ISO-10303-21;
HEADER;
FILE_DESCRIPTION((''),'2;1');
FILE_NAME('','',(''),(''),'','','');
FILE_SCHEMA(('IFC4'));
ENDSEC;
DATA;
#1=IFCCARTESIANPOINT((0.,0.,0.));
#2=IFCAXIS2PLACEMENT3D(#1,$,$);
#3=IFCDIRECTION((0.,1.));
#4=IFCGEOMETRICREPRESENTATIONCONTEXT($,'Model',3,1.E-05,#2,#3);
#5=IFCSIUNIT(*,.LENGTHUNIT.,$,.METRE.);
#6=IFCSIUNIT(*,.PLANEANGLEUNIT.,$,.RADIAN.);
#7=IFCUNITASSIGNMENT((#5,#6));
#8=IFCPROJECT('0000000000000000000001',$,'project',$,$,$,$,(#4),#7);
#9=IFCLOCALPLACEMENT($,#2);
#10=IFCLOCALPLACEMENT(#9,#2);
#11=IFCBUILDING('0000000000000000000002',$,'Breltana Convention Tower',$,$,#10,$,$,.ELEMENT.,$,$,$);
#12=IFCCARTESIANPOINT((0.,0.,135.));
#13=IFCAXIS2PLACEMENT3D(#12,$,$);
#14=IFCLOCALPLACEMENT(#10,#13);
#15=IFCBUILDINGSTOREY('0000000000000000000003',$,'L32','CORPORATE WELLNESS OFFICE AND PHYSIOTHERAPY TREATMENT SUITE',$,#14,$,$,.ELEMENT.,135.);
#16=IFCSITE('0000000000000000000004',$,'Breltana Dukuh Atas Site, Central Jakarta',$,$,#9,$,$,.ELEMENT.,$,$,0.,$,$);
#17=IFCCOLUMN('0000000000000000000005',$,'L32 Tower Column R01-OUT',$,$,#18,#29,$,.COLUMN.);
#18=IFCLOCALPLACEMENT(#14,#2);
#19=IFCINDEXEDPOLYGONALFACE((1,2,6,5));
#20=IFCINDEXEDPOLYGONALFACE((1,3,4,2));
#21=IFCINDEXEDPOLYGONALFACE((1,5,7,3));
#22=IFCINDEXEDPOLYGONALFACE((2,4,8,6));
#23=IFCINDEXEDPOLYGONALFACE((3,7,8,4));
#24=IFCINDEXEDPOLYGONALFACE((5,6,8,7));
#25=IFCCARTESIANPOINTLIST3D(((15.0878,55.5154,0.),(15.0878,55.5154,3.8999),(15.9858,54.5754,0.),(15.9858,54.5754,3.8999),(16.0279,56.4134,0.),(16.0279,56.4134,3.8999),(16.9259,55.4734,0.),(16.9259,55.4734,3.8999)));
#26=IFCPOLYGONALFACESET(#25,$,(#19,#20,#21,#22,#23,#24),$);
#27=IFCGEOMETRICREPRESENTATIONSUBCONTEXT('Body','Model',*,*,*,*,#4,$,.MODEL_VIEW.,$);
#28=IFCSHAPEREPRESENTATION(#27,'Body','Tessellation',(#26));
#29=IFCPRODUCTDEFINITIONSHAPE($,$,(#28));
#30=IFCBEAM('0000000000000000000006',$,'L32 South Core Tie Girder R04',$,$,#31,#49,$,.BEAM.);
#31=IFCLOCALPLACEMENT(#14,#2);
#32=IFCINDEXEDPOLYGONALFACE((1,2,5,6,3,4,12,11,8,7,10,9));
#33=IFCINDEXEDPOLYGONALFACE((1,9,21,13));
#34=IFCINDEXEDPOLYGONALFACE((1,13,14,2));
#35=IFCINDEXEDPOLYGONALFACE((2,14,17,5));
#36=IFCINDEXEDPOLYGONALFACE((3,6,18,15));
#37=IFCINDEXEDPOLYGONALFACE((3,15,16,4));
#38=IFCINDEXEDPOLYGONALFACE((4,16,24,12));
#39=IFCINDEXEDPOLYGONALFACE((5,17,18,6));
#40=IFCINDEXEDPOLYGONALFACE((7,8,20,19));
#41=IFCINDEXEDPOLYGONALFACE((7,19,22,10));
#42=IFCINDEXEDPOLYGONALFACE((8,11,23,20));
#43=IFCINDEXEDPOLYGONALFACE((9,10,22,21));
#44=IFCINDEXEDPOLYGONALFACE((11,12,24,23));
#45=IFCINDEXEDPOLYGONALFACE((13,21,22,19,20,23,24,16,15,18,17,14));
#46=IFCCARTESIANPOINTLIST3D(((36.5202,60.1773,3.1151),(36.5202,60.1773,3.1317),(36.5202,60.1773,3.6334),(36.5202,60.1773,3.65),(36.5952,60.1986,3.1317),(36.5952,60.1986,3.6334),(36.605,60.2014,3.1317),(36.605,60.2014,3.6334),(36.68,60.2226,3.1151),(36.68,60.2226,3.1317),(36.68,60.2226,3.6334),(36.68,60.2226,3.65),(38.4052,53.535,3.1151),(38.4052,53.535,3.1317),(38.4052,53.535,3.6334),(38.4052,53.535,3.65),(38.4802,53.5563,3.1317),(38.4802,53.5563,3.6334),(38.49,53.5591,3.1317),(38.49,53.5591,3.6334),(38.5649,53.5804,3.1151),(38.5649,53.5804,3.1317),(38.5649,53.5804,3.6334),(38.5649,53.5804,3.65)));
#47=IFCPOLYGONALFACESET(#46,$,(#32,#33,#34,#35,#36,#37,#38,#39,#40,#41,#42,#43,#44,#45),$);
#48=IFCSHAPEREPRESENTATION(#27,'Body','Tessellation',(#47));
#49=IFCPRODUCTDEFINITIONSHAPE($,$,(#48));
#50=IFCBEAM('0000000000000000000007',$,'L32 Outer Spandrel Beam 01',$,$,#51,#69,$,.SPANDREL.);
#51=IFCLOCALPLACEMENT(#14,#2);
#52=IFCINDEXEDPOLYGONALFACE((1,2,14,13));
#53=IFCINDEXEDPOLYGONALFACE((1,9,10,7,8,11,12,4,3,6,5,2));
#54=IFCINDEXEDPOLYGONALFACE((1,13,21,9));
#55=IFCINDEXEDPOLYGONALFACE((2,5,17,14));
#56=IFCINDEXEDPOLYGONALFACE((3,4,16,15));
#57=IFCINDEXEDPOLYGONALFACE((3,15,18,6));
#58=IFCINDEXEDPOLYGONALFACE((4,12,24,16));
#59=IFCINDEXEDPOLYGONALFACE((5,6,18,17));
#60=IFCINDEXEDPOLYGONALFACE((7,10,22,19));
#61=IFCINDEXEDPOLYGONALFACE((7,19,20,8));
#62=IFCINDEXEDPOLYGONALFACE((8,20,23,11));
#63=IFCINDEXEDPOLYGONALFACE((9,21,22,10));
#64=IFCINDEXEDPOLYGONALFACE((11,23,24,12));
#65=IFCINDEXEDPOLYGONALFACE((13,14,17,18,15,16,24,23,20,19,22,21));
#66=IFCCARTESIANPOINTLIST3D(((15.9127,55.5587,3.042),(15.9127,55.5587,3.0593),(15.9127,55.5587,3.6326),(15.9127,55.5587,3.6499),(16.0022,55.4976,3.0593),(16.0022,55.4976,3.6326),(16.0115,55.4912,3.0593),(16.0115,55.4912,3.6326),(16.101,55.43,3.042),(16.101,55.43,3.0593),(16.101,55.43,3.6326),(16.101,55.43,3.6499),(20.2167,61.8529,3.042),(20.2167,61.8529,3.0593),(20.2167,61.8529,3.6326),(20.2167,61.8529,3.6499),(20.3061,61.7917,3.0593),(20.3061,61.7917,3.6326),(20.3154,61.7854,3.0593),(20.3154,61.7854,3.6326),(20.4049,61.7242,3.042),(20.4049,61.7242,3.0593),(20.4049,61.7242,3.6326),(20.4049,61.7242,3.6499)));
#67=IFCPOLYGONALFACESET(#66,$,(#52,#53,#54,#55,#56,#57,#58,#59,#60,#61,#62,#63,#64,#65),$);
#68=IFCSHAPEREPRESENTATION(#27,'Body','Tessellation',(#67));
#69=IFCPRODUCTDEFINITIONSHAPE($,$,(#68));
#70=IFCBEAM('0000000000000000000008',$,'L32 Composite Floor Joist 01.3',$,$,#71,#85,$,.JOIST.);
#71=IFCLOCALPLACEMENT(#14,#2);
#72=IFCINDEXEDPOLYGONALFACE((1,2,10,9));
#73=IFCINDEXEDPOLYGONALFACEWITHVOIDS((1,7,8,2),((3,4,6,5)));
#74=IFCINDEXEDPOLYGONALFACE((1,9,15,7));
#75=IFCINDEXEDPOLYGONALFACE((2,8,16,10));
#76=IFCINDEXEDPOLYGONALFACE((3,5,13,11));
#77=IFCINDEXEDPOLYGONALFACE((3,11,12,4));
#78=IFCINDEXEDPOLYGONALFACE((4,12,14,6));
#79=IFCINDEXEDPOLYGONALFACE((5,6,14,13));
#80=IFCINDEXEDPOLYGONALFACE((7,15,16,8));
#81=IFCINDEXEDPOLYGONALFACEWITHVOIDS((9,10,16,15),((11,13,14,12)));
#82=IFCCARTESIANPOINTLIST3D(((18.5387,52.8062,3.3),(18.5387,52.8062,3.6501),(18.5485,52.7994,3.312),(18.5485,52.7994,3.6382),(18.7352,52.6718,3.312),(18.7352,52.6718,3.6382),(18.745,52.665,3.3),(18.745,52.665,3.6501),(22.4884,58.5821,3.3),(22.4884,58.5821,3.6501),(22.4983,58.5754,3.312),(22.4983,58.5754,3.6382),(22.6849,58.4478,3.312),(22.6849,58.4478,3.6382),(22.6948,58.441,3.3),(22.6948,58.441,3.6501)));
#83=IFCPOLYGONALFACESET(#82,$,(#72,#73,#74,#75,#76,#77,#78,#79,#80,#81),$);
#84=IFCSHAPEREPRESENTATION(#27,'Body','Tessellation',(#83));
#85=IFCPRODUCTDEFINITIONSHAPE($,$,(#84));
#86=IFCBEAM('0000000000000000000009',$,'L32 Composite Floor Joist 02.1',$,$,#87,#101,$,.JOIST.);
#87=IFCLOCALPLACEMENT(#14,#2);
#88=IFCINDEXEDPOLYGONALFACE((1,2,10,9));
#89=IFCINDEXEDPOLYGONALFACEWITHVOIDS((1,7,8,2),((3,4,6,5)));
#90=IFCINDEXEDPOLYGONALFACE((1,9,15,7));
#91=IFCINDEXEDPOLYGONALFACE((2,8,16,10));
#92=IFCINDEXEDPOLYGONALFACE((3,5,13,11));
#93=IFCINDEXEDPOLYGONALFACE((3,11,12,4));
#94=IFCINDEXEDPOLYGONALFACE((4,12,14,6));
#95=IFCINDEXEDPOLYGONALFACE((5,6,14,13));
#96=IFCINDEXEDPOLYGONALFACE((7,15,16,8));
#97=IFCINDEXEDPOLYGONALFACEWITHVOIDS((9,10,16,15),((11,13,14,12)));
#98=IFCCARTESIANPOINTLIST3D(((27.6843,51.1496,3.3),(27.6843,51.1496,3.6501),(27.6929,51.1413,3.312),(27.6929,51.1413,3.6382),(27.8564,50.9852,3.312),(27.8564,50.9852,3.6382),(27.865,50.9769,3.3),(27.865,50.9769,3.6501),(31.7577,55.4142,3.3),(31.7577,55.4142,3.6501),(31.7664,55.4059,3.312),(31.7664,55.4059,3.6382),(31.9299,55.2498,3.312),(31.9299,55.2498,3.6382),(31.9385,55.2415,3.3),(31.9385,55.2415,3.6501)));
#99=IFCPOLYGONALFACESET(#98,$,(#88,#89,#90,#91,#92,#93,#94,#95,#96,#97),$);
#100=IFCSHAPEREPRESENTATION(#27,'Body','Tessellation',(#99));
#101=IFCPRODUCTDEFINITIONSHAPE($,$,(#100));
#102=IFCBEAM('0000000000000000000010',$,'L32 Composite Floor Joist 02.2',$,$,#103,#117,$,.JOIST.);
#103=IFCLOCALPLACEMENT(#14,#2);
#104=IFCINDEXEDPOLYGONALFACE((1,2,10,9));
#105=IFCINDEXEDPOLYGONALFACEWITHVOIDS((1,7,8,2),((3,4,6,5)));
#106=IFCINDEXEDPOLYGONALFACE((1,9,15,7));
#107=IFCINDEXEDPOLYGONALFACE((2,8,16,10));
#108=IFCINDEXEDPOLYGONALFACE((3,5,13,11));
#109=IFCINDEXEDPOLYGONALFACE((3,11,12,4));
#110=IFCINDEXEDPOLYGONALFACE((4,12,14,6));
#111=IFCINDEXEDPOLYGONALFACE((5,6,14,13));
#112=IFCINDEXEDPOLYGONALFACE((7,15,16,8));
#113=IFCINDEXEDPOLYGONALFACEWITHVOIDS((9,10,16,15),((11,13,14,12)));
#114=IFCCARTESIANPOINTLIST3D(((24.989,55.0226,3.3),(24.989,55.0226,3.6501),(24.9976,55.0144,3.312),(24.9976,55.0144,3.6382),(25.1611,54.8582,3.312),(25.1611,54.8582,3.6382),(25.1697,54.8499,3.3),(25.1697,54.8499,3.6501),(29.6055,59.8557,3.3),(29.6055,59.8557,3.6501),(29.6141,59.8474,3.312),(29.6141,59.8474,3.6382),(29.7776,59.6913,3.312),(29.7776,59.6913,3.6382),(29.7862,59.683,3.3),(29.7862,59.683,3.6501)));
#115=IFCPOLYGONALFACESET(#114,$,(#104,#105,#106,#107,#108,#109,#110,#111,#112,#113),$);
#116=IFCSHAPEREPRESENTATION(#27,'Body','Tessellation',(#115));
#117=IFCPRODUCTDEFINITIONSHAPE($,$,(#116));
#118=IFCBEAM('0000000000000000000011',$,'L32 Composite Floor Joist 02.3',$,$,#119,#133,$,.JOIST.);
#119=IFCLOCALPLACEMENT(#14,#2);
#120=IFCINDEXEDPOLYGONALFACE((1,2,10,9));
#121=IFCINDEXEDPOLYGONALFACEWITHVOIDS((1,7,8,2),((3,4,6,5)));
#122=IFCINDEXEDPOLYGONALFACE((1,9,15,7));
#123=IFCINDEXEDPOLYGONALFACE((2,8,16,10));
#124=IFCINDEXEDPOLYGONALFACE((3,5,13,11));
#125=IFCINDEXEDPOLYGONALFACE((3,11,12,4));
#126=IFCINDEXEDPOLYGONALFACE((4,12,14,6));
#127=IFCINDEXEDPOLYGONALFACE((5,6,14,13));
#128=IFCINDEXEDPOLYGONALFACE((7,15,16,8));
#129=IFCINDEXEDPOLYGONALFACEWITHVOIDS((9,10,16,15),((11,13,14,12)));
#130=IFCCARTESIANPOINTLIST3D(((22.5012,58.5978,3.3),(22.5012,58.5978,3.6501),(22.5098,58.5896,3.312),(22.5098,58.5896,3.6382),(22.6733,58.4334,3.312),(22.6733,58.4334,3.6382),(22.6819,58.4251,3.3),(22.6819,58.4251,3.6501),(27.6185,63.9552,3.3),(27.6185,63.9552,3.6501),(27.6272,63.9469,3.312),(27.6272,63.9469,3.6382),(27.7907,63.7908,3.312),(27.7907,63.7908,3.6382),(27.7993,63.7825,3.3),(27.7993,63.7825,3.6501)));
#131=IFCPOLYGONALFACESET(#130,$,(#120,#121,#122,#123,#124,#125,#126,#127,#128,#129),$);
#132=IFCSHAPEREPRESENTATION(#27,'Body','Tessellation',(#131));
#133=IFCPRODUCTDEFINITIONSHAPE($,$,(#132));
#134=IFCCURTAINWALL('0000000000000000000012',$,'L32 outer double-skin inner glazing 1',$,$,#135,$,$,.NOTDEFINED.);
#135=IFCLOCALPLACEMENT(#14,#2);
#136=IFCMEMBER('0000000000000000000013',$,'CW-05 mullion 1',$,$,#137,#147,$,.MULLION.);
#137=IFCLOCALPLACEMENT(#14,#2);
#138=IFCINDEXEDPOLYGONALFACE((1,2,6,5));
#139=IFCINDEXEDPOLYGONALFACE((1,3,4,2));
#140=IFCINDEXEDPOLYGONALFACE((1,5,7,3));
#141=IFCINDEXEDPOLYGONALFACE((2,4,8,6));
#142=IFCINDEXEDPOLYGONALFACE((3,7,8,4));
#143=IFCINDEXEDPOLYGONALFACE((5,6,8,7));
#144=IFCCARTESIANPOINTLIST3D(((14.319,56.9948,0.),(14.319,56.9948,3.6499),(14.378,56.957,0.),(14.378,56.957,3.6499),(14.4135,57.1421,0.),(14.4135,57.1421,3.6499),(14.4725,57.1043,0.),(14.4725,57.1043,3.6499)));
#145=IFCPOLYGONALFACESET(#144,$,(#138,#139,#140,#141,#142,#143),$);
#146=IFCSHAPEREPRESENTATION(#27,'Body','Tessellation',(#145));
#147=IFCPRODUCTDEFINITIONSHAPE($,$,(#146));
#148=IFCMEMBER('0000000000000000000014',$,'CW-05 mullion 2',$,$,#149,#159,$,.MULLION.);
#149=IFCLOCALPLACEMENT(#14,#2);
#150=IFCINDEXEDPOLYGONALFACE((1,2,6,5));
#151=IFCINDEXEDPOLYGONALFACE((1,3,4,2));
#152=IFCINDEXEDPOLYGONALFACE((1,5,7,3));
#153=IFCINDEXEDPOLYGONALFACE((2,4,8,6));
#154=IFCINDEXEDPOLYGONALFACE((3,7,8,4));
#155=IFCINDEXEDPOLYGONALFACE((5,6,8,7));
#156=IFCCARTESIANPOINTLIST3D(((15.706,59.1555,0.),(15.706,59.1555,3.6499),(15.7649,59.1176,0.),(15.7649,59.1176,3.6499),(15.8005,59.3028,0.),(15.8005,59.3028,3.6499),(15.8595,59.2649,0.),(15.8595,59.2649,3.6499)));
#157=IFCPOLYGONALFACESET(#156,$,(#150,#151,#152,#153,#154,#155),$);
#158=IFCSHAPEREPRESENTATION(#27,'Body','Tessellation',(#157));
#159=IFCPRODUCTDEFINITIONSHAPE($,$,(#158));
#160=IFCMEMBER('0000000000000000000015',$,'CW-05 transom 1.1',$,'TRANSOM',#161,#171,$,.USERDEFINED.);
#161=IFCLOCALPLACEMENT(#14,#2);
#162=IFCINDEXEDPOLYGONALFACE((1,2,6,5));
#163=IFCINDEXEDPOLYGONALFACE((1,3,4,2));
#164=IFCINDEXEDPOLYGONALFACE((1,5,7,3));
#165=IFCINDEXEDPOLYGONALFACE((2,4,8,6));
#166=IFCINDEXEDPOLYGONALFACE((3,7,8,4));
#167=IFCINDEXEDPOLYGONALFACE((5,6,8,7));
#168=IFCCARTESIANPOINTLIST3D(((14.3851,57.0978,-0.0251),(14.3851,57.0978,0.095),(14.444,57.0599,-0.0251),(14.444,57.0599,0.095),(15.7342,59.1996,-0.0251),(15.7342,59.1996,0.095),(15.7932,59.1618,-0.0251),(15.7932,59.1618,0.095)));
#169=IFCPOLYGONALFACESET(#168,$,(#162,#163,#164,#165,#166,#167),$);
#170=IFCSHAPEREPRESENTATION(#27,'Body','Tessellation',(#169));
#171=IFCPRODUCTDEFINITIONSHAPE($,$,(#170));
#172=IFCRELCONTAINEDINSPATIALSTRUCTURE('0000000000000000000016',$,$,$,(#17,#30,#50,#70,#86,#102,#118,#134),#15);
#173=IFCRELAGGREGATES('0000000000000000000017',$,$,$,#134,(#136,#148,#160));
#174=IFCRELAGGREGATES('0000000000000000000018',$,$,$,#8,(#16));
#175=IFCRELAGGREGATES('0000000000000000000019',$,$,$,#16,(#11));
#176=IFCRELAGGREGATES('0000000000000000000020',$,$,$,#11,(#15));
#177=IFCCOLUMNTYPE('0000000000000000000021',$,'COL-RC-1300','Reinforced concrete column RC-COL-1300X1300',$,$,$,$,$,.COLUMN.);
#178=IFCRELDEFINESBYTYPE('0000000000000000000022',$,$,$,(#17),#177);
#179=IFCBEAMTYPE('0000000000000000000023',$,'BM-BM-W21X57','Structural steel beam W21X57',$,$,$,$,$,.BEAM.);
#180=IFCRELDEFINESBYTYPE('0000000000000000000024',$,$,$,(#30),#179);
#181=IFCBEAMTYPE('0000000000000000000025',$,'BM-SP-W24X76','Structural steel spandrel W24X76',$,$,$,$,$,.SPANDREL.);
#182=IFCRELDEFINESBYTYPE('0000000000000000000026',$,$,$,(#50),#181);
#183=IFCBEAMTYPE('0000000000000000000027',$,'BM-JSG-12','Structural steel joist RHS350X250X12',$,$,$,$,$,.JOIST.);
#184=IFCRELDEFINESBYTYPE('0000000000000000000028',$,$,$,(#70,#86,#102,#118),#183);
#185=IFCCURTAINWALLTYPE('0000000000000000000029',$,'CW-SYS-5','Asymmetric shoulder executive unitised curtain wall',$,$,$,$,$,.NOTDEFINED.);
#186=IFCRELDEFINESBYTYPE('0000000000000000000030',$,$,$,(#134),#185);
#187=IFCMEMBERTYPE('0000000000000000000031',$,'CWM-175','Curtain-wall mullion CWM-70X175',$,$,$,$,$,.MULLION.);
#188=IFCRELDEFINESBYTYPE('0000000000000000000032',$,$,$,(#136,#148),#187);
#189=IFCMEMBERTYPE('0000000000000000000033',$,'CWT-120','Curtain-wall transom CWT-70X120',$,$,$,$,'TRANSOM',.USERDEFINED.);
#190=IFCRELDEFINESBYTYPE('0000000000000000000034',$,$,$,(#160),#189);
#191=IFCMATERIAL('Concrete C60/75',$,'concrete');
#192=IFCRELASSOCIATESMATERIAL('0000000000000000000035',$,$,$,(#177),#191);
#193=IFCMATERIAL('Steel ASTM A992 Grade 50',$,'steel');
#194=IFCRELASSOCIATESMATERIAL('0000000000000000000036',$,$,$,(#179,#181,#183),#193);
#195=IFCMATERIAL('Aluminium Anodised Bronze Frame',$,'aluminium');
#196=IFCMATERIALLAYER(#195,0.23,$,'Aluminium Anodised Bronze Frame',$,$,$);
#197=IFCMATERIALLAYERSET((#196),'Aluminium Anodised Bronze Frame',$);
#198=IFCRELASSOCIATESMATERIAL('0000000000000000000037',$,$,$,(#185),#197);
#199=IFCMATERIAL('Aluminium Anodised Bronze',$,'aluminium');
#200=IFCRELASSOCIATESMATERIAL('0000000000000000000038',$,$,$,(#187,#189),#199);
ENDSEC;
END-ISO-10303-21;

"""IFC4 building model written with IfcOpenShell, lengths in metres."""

from ifc_helpers import new_model, si_unit, direction, frame, origin, origin_2d, place, context, subcontext, project, spatial, rectangle, hollow_rectangle, i_section, extrude, source, transform, mapped, material, layer, layer_set, material_profile, profile_set, type_object, type_shapes, element, aggregate, save


model = new_model("IFC4")

# Units and contexts
model_context = context("Model", 3, precision=1e-05, world=origin(), true_north=direction((0.0, 1.0)))
body_context = subcontext(model_context, "Body", "Model", "MODEL_VIEW")
ifc_project = project(units=[si_unit("LENGTHUNIT", "METRE"), si_unit("PLANEANGLEUNIT", "RADIAN")], contexts=[model_context])

# Site, building, storey
site_placement = place(None, origin())
site = spatial("IfcSite", under=ifc_project, at=site_placement, Name="Breltana Dukuh Atas Site, Central Jakarta", CompositionType="ELEMENT", RefElevation=0.0)
building_placement = place(site_placement, origin())
building = spatial("IfcBuilding", under=site, at=building_placement, Name="Breltana Convention Tower", CompositionType="ELEMENT")
storey_placement = place(building_placement, frame((0.0, 0.0, 135.0)))
storey = spatial("IfcBuildingStorey", under=building, at=storey_placement, Name="L32", Description="CORPORATE WELLNESS OFFICE AND PHYSIOTHERAPY TREATMENT SUITE", CompositionType="ELEMENT", Elevation=135.0)

# Column
ifc_material_1 = material(Name="Concrete C60/75", Category="concrete")
ifc_material_profile_1 = material_profile(ifc_material_1, rectangle(XDim=1.3, YDim=1.3, at=origin_2d()), Name="RC-COL-1300X1300")
ifc_profile_set_1 = profile_set([ifc_material_profile_1], Name="Concrete C60/75")
column_type = type_object("IfcColumnType", Name="COL-RC-1300", Description="Reinforced concrete column RC-COL-1300X1300", PredefinedType="COLUMN", material=ifc_profile_set_1)
shared_shape_1 = source(origin(), body_context, "Body", "SweptSolid", [
    extrude(rectangle(XDim=1.3, YDim=1.3, at=origin_2d()), origin(), (0.0, 0.0, 1.0), 3.8999),
])
column_placement = place(storey_placement, frame((16.0068, 55.4944, 0.0), z_axis=(0.0, 0.0, 1.0), x_axis=(-0.690756, 0.723088, 0.0)))
element("IfcColumn", 1, at=column_placement, inside=storey, type_object=column_type, Name="L32 Tower Column R01-OUT", PredefinedType="COLUMN", context=body_context, shape_type="MappedRepresentation", body=[
    mapped(shared_shape_1, transform((0.0, 0.0, 0.0), scale=1.0)),
])

# Beams
ifc_material_2 = material(Name="Steel ASTM A992 Grade 50", Category="steel")
ifc_material_profile_2 = material_profile(ifc_material_2, i_section(OverallWidth=0.166, OverallDepth=0.5349, WebThickness=0.0103, FlangeThickness=0.0166, at=origin_2d()), Name="W21X57")
ifc_profile_set_2 = profile_set([ifc_material_profile_2], Name="Steel ASTM A992 Grade 50")
beam_type_1 = type_object("IfcBeamType", Name="BM-BM-W21X57", Description="Structural steel beam W21X57", PredefinedType="BEAM", material=ifc_profile_set_2)
shared_shape_2 = source(origin(), body_context, "Body", "SweptSolid", [
    extrude(i_section(OverallWidth=0.166, OverallDepth=0.5349, WebThickness=0.0103, FlangeThickness=0.0166, at=origin_2d()), origin(), (0.0, 0.0, 1.0), 6.9045),
])
type_shapes(beam_type_1, [shared_shape_2])
beam_1_placement = place(storey_placement, frame((36.6001, 60.2, 3.3826), z_axis=(0.273007, -0.962012, 0.0), x_axis=(0.962012, 0.273007, 0.0)))
element("IfcBeam", 2, at=beam_1_placement, inside=storey, type_object=beam_type_1, Name="L32 South Core Tie Girder R04", PredefinedType="BEAM", context=body_context, shape_type="MappedRepresentation", body=[
    mapped(shared_shape_2, transform((0.0, 0.0, 0.0), scale=1.0)),
])
ifc_material_profile_3 = material_profile(ifc_material_2, i_section(OverallWidth=0.228, OverallDepth=0.6079, WebThickness=0.0112, FlangeThickness=0.0173, at=origin_2d()), Name="W24X76")
ifc_profile_set_3 = profile_set([ifc_material_profile_3], Name="Steel ASTM A992 Grade 50")
beam_type_2 = type_object("IfcBeamType", Name="BM-SP-W24X76", Description="Structural steel spandrel W24X76", PredefinedType="SPANDREL", material=ifc_profile_set_3)
shared_shape_3 = source(origin(), body_context, "Body", "SweptSolid", [
    extrude(i_section(OverallWidth=0.228, OverallDepth=0.6079, WebThickness=0.0112, FlangeThickness=0.0173, at=origin_2d()), origin(), (0.0, 0.0, 1.0), 7.625),
])
type_shapes(beam_type_2, [shared_shape_3])
beam_2_placement = place(storey_placement, frame((16.0068, 55.4944, 3.3459), z_axis=(0.564452, 0.825466, 0.0), x_axis=(-0.825466, 0.564452, 0.0)))
element("IfcBeam", 3, at=beam_2_placement, inside=storey, type_object=beam_type_2, Name="L32 Outer Spandrel Beam 01", PredefinedType="SPANDREL", context=body_context, shape_type="MappedRepresentation", body=[
    mapped(shared_shape_3, transform((0.0, 0.0, 0.0), scale=1.0)),
])
ifc_material_profile_4 = material_profile(ifc_material_2, hollow_rectangle(XDim=0.25, YDim=0.3501, WallThickness=0.012, at=origin_2d()), Name="RHS350X250X12")
ifc_profile_set_4 = profile_set([ifc_material_profile_4], Name="Steel ASTM A992 Grade 50")
beam_type_3 = type_object("IfcBeamType", Name="BM-JSG-12", Description="Structural steel joist RHS350X250X12", PredefinedType="JOIST", material=ifc_profile_set_4)
shared_shape_4 = source(origin(), body_context, "Body", "SweptSolid", [
    extrude(hollow_rectangle(XDim=0.25, YDim=0.3501, WallThickness=0.012, at=origin_2d()), origin(), (0.0, 0.0, 1.0), 6.9973),
])
beam_3_placement = place(storey_placement, frame((18.6418, 52.7356, 3.4751), z_axis=(0.564469, 0.825454, 0.0), x_axis=(-0.825454, 0.564469, 0.0)))
element("IfcBeam", 4, at=beam_3_placement, inside=storey, type_object=beam_type_3, Name="L32 Composite Floor Joist 01.3", PredefinedType="JOIST", context=body_context, shape_type="MappedRepresentation", body=[
    mapped(shared_shape_4, transform((0.0, 0.0, 0.0), scale=1.0)),
])
shared_shape_5 = source(origin(), body_context, "Body", "SweptSolid", [
    extrude(hollow_rectangle(XDim=0.25, YDim=0.3501, WallThickness=0.012, at=origin_2d()), origin(), (0.0, 0.0, 1.0), 5.8975),
])
beam_4_placement = place(storey_placement, frame((27.7747, 51.0632, 3.4751), z_axis=(0.690714, 0.723128, 0.0), x_axis=(-0.723128, 0.690714, 0.0)))
element("IfcBeam", 5, at=beam_4_placement, inside=storey, type_object=beam_type_3, Name="L32 Composite Floor Joist 02.1", PredefinedType="JOIST", context=body_context, shape_type="MappedRepresentation", body=[
    mapped(shared_shape_5, transform((0.0, 0.0, 0.0), scale=1.0)),
])
shared_shape_6 = source(origin(), body_context, "Body", "SweptSolid", [
    extrude(hollow_rectangle(XDim=0.25, YDim=0.3501, WallThickness=0.012, at=origin_2d()), origin(), (0.0, 0.0, 1.0), 6.6836),
])
beam_5_placement = place(storey_placement, frame((25.0793, 54.9363, 3.4751), z_axis=(0.690721, 0.723122, 0.0), x_axis=(-0.723122, 0.690721, 0.0)))
element("IfcBeam", 6, at=beam_5_placement, inside=storey, type_object=beam_type_3, Name="L32 Composite Floor Joist 02.2", PredefinedType="JOIST", context=body_context, shape_type="MappedRepresentation", body=[
    mapped(shared_shape_6, transform((0.0, 0.0, 0.0), scale=1.0)),
])
shared_shape_7 = source(origin(), body_context, "Body", "SweptSolid", [
    extrude(hollow_rectangle(XDim=0.25, YDim=0.3501, WallThickness=0.012, at=origin_2d()), origin(), (0.0, 0.0, 1.0), 7.4087),
])
beam_6_placement = place(storey_placement, frame((22.5916, 58.5115, 3.4751), z_axis=(0.690725, 0.723118, 0.0), x_axis=(-0.723118, 0.690725, 0.0)))
element("IfcBeam", 7, at=beam_6_placement, inside=storey, type_object=beam_type_3, Name="L32 Composite Floor Joist 02.3", PredefinedType="JOIST", context=body_context, shape_type="MappedRepresentation", body=[
    mapped(shared_shape_7, transform((0.0, 0.0, 0.0), scale=1.0)),
])

# Curtain wall, members
ifc_material_3 = material(Name="Aluminium Anodised Bronze Frame", Category="aluminium")
ifc_layer_1 = layer(ifc_material_3, 0.23, Name="Aluminium Anodised Bronze Frame")
ifc_layer_set_1 = layer_set([ifc_layer_1], Name="Aluminium Anodised Bronze Frame")
curtain_wall_type = type_object("IfcCurtainWallType", Name="CW-SYS-5", Description="Asymmetric shoulder executive unitised curtain wall", PredefinedType="NOTDEFINED", material=ifc_layer_set_1)
curtain_wall_placement = place(storey_placement, origin())
curtain_wall = element("IfcCurtainWall", 8, at=curtain_wall_placement, inside=storey, type_object=curtain_wall_type, Name="L32 outer double-skin inner glazing 1", PredefinedType="NOTDEFINED")
ifc_material_4 = material(Name="Aluminium Anodised Bronze", Category="aluminium")
ifc_material_profile_5 = material_profile(ifc_material_4, rectangle(XDim=0.0701, YDim=0.175, at=origin_2d()), Name="CWM-70X175")
ifc_profile_set_5 = profile_set([ifc_material_profile_5], Name="Aluminium Anodised Bronze")
member_type_1 = type_object("IfcMemberType", Name="CWM-175", Description="Curtain-wall mullion CWM-70X175", PredefinedType="MULLION", material=ifc_profile_set_5)
shared_shape_8 = source(origin(), body_context, "Body", "SweptSolid", [
    extrude(rectangle(XDim=0.0701, YDim=0.175, at=origin_2d()), origin(), (0.0, 0.0, 1.0), 3.6499),
])
member_1_placement = place(storey_placement, frame((14.3958, 57.0496, 0.0), z_axis=(0.0, 0.0, 1.0), x_axis=(-0.841552, 0.540177, 0.0)))
member_1 = element("IfcMember", 9, at=member_1_placement, type_object=member_type_1, Name="CW-05 mullion 1", PredefinedType="MULLION", context=body_context, shape_type="MappedRepresentation", body=[
    mapped(shared_shape_8, transform((0.0, 0.0, 0.0), scale=1.0)),
])
member_2_placement = place(storey_placement, frame((15.7827, 59.2102, 0.0), z_axis=(0.0, 0.0, 1.0), x_axis=(-0.841552, 0.540177, 0.0)))
member_2 = element("IfcMember", 10, at=member_2_placement, type_object=member_type_1, Name="CW-05 mullion 2", PredefinedType="MULLION", context=body_context, shape_type="MappedRepresentation", body=[
    mapped(shared_shape_8, transform((0.0, 0.0, 0.0), scale=1.0)),
])
ifc_material_profile_6 = material_profile(ifc_material_4, rectangle(XDim=0.0701, YDim=0.1201, at=origin_2d()), Name="CWT-70X120")
ifc_profile_set_6 = profile_set([ifc_material_profile_6], Name="Aluminium Anodised Bronze")
member_type_2 = type_object("IfcMemberType", Name="CWT-120", Description="Curtain-wall transom CWT-70X120", ElementType="TRANSOM", PredefinedType="USERDEFINED", material=ifc_profile_set_6)
shared_shape_9 = source(origin(), body_context, "Body", "SweptSolid", [
    extrude(rectangle(XDim=0.0701, YDim=0.1201, at=origin_2d()), origin(), (0.0, 0.0, 1.0), 2.4976),
])
member_3_placement = place(storey_placement, frame((14.4146, 57.0789, 0.0349), z_axis=(0.540179, 0.84155, 0.0), x_axis=(-0.84155, 0.540179, 0.0)))
member_3 = element("IfcMember", 11, at=member_3_placement, type_object=member_type_2, Name="CW-05 transom 1.1", ObjectType="TRANSOM", PredefinedType="USERDEFINED", context=body_context, shape_type="MappedRepresentation", body=[
    mapped(shared_shape_9, transform((0.0, 0.0, 0.0), scale=1.0)),
])
aggregate(curtain_wall, [member_1, member_2, member_3])

save(model, "model.ifc")
